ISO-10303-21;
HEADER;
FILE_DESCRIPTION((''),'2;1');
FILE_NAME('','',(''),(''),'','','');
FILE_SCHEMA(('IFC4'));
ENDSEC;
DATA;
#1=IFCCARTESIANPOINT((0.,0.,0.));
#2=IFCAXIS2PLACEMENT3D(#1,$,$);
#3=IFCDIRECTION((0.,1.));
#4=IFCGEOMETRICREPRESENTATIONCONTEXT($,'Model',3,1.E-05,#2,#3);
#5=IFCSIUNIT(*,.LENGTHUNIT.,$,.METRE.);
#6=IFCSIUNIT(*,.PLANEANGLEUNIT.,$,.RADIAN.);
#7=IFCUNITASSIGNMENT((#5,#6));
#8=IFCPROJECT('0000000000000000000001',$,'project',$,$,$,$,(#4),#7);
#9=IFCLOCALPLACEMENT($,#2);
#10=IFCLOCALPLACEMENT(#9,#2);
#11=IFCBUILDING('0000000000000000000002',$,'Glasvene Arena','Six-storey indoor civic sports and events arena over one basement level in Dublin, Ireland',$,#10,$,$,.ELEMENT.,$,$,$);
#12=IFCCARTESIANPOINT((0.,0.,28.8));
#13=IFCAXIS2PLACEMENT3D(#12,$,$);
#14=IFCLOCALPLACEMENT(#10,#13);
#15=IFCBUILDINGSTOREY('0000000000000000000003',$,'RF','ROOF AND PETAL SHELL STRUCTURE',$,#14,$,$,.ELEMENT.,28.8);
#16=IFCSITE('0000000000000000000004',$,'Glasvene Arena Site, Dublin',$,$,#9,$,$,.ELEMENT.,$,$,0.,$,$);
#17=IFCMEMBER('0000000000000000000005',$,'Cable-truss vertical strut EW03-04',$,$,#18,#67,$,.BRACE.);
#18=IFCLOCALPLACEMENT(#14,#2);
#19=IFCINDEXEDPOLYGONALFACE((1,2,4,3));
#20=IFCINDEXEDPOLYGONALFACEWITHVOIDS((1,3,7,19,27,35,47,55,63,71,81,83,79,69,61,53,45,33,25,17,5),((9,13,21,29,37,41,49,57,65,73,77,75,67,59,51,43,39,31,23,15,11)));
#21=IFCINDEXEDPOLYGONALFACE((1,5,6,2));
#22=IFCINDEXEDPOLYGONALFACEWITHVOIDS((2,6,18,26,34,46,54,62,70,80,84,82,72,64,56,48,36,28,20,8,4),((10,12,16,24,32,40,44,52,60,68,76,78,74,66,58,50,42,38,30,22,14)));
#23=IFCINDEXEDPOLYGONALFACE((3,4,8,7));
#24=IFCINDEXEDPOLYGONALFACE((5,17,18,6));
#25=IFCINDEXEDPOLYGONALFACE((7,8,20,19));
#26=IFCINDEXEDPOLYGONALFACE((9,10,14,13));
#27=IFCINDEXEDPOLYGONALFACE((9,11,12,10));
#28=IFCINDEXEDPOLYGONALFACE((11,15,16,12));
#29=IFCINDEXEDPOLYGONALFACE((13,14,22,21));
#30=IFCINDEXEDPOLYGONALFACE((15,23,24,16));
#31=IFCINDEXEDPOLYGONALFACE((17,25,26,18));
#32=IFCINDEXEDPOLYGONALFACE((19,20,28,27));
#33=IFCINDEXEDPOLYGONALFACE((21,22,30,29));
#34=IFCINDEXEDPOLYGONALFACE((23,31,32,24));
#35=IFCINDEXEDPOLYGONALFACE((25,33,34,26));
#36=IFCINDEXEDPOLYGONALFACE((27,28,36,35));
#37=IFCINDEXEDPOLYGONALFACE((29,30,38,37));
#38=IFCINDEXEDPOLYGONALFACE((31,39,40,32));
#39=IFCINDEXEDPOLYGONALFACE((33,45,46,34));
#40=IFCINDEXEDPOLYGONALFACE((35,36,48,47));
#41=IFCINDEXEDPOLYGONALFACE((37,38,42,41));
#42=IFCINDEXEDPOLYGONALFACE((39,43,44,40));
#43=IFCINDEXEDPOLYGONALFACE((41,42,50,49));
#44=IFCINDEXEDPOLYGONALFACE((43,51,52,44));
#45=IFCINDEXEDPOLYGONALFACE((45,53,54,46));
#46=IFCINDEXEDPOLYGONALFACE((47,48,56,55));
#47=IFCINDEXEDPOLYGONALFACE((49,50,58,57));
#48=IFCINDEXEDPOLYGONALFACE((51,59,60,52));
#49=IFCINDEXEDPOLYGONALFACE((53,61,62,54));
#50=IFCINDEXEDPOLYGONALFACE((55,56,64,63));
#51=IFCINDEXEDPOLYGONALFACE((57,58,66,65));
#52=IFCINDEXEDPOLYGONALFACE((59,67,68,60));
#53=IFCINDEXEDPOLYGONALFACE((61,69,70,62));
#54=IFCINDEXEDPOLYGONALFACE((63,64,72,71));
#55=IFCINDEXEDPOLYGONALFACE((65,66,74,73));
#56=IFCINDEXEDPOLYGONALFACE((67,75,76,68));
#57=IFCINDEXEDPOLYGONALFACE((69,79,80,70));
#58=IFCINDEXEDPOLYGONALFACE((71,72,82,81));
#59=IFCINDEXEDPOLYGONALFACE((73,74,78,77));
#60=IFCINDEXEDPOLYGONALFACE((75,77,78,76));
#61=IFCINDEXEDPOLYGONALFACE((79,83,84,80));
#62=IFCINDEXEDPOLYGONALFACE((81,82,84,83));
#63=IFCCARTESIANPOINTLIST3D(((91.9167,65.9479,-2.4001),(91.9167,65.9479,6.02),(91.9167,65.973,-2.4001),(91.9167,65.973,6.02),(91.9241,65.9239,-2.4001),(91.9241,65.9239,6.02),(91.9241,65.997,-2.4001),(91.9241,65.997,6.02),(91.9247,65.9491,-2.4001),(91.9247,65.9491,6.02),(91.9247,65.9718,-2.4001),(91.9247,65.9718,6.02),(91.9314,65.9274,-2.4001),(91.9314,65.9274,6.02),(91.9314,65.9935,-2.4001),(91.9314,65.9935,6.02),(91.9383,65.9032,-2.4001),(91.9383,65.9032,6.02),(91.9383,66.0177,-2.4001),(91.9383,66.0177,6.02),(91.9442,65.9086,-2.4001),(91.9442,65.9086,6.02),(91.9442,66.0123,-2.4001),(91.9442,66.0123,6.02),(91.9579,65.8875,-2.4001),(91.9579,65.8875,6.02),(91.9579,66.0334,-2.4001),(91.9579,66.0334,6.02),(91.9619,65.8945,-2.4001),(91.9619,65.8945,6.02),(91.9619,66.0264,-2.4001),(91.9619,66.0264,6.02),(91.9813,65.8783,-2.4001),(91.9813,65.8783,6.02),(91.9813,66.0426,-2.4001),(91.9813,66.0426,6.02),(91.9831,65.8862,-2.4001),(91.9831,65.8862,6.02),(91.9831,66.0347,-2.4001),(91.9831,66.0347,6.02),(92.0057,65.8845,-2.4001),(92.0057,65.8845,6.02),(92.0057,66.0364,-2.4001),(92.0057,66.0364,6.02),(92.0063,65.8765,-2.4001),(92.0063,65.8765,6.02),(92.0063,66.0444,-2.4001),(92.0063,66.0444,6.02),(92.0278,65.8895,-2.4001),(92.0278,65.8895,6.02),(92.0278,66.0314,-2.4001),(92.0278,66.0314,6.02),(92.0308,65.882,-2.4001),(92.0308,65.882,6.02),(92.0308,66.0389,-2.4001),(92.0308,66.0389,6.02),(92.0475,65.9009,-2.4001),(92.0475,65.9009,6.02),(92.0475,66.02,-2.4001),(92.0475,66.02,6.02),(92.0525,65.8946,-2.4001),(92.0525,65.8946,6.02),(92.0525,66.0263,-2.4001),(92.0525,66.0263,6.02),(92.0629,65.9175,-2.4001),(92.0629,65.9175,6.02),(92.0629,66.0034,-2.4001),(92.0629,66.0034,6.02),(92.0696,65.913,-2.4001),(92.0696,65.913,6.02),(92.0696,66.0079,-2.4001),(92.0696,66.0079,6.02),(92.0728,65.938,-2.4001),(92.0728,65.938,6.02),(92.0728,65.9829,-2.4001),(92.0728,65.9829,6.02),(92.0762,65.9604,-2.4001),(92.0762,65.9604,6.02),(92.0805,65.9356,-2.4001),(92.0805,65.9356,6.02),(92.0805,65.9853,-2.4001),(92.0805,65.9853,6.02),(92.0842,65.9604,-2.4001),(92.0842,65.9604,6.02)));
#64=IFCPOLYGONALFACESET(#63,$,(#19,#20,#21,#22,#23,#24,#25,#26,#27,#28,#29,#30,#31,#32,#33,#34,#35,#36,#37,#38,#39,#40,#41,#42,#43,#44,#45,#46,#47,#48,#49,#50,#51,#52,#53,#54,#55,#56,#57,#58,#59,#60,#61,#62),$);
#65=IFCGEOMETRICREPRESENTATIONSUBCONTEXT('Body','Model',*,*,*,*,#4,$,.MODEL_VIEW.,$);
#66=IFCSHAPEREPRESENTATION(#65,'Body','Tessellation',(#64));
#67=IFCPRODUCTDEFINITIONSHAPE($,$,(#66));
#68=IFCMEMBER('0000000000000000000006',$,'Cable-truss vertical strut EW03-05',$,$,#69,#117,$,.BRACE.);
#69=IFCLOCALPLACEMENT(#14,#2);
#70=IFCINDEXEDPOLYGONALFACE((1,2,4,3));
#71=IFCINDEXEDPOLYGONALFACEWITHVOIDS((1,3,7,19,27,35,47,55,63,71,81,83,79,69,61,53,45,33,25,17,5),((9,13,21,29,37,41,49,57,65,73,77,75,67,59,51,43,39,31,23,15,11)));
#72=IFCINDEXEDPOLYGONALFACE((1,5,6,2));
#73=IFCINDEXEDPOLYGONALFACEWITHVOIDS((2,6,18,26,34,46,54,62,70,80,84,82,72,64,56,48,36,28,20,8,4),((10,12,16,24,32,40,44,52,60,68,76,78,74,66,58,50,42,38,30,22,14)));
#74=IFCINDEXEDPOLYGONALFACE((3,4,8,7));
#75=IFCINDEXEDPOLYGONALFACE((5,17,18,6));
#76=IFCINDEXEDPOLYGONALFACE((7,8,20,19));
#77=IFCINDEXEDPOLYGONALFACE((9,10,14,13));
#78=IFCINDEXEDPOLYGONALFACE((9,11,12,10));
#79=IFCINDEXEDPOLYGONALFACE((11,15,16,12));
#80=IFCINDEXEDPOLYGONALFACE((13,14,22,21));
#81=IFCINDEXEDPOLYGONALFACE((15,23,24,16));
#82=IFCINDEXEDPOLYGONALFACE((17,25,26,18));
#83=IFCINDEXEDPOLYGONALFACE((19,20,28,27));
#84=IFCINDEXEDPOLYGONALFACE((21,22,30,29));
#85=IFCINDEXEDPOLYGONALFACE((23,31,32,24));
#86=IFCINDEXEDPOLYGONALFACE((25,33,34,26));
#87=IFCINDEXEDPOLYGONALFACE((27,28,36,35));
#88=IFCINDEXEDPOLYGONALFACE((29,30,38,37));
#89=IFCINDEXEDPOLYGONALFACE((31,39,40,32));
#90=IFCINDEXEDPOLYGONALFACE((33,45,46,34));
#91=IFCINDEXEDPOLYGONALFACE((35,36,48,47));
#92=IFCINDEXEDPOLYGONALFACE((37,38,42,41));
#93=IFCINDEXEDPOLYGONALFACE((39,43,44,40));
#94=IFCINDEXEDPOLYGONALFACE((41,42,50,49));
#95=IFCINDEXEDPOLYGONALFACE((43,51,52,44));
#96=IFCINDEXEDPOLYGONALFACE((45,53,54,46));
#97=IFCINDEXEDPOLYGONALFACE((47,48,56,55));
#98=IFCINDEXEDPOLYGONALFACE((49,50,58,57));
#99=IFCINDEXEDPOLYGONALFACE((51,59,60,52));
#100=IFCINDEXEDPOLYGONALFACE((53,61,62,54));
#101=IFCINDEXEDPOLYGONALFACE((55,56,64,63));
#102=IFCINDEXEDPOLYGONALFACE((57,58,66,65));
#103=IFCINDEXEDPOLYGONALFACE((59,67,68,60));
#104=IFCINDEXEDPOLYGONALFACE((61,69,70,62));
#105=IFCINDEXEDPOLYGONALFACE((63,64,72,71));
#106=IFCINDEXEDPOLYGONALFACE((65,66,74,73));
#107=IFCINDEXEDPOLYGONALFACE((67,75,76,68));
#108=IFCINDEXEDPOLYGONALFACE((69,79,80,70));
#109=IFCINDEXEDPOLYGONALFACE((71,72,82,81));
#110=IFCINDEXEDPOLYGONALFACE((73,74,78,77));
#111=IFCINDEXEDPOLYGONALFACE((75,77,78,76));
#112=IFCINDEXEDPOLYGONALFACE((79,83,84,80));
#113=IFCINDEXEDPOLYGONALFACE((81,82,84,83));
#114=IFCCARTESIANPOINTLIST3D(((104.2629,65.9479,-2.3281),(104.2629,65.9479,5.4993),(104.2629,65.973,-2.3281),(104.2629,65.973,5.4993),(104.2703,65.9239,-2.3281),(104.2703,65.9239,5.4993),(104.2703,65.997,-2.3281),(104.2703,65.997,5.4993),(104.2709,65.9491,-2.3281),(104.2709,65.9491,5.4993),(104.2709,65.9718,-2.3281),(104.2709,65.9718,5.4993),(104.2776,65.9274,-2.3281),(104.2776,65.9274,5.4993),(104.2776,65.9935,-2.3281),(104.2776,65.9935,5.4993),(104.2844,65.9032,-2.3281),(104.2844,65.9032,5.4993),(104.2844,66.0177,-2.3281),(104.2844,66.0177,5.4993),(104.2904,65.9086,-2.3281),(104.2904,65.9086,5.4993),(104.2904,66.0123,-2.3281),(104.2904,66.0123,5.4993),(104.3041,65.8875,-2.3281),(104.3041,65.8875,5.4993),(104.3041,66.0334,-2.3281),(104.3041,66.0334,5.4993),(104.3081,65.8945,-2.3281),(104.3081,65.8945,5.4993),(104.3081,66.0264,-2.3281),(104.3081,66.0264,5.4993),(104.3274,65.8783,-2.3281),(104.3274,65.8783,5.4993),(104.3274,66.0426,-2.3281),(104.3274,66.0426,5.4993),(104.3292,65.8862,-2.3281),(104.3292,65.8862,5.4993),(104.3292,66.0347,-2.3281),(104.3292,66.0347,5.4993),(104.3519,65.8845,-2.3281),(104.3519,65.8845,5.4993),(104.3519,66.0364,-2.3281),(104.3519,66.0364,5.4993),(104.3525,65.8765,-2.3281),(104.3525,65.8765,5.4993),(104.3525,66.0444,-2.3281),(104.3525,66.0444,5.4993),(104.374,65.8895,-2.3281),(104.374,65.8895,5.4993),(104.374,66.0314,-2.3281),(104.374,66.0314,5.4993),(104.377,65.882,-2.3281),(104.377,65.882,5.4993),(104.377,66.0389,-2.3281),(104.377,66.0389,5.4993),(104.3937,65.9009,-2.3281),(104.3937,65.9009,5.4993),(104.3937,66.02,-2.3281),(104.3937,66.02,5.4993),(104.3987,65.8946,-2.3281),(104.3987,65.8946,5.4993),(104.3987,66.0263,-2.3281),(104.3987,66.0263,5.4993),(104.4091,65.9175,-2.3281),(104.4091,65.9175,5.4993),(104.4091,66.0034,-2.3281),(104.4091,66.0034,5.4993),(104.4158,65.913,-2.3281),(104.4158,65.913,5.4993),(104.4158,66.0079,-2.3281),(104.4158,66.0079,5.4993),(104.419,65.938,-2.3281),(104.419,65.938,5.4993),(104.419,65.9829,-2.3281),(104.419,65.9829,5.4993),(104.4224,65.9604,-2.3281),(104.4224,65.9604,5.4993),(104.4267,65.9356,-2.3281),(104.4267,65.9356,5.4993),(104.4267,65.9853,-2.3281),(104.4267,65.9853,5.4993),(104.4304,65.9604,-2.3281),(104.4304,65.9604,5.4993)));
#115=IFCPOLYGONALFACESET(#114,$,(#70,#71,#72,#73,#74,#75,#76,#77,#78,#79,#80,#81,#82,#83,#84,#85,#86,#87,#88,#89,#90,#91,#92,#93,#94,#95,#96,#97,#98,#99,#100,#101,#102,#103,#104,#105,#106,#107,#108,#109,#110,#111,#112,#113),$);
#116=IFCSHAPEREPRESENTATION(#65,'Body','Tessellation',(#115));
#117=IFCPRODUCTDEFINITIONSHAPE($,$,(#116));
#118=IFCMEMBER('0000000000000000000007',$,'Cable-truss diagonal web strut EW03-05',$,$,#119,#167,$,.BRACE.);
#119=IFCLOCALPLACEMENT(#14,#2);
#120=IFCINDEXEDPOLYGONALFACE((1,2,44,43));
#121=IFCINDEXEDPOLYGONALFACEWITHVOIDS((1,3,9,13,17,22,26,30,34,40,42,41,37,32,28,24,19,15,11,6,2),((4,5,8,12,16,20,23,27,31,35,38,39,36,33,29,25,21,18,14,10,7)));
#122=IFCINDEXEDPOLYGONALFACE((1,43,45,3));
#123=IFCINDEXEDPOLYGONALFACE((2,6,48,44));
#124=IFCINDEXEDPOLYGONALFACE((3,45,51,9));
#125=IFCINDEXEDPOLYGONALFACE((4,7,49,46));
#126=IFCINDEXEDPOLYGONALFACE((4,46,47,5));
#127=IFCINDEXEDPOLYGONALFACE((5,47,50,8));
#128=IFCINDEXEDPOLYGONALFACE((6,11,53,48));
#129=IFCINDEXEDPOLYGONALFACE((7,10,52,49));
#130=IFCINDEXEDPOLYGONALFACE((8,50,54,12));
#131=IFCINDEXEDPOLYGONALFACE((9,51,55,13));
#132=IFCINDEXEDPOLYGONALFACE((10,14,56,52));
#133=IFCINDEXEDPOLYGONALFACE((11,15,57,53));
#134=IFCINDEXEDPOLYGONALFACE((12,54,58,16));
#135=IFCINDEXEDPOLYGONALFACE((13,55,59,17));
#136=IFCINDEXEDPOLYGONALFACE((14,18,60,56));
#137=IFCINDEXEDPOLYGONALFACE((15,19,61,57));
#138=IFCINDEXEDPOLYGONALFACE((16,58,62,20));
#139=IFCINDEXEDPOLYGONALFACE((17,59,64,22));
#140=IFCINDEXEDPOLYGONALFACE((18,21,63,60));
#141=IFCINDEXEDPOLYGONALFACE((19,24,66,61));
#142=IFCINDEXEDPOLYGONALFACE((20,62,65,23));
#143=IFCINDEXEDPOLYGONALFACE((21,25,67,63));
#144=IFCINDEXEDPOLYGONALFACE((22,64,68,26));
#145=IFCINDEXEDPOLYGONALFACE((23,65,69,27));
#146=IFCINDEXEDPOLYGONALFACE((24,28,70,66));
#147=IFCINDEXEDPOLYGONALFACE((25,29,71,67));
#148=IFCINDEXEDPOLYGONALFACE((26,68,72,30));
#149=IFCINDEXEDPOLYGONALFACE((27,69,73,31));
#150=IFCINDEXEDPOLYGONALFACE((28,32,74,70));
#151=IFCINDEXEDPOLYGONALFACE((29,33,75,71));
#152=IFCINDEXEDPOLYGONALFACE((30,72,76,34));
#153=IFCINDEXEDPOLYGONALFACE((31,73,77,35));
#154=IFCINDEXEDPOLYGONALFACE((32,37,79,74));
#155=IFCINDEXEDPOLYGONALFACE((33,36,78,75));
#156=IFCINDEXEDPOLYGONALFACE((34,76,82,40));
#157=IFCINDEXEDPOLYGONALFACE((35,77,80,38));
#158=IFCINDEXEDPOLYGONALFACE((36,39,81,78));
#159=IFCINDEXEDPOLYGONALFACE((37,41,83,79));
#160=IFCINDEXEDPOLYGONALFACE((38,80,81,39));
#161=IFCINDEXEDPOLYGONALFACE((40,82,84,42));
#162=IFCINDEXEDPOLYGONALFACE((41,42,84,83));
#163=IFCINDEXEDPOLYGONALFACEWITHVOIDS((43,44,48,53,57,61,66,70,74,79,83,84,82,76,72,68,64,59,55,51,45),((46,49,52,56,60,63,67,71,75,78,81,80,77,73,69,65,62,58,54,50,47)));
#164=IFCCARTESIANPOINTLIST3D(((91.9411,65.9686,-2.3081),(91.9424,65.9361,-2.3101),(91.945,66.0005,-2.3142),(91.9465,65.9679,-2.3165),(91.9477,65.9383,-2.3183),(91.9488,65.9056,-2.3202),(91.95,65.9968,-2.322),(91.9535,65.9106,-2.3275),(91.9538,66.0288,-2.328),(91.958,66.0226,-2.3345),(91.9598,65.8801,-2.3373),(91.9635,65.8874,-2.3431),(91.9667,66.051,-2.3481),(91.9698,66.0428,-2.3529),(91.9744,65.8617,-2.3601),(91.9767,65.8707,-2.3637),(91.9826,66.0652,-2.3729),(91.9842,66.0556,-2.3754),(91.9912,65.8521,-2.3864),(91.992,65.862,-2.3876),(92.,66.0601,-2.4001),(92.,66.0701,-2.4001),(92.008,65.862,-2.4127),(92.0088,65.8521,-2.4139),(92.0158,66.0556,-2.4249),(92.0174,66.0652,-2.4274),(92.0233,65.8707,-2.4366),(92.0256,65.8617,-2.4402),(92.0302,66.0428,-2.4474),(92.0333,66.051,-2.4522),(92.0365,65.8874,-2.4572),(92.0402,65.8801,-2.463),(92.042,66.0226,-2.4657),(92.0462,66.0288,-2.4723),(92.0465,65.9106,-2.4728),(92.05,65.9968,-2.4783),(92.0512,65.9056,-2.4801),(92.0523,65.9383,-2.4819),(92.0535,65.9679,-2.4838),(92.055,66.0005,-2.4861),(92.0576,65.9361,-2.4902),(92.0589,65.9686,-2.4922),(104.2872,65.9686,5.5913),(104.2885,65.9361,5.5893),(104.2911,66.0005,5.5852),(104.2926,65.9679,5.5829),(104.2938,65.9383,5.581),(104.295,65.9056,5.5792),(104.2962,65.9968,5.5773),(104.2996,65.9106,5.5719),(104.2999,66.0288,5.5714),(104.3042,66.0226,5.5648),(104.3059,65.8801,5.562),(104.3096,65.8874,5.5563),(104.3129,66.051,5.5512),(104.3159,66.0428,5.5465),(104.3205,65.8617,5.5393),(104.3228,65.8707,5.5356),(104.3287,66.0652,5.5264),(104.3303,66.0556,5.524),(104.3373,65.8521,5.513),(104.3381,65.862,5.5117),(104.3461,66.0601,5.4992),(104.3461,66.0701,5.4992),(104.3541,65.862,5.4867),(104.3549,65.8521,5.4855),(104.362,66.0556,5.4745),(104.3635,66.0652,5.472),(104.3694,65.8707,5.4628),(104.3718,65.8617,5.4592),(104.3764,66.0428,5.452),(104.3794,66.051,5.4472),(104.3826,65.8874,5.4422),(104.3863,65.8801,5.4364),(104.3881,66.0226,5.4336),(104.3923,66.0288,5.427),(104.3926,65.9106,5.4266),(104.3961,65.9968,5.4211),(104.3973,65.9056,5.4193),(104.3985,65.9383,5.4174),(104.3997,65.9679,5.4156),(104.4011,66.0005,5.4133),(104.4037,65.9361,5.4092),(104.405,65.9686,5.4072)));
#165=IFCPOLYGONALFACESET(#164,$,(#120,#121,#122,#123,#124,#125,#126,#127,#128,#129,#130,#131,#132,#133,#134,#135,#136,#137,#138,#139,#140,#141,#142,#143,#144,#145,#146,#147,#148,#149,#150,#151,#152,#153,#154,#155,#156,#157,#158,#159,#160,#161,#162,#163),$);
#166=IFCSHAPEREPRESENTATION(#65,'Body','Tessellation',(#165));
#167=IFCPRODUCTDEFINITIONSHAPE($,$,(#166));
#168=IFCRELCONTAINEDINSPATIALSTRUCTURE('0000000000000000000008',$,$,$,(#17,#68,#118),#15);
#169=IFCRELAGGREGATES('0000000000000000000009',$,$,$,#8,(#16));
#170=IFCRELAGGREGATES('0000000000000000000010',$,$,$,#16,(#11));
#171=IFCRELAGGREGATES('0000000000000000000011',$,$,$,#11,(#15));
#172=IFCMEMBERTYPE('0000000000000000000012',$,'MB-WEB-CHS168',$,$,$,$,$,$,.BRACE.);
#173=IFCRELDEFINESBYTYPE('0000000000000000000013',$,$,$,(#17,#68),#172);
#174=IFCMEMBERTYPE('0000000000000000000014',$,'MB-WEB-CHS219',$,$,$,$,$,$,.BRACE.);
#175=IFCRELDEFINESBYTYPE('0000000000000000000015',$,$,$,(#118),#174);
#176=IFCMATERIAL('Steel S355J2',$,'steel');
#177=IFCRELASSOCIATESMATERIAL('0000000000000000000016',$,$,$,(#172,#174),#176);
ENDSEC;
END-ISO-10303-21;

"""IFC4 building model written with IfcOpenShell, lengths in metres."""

from ifc_helpers import new_model, si_unit, direction, frame, origin, origin_2d, place, context, subcontext, project, spatial, hollow_circle, extrude, material, material_profile, profile_set, type_object, element, save


model = new_model("IFC4")

# Units and contexts
model_context = context("Model", 3, precision=1e-05, world=origin(), true_north=direction((0.0, 1.0)))
body_context = subcontext(model_context, "Body", "Model", "MODEL_VIEW")
ifc_project = project(units=[si_unit("LENGTHUNIT", "METRE"), si_unit("PLANEANGLEUNIT", "RADIAN")], contexts=[model_context])

# Site, building, storey
site_placement = place(None, origin())
site = spatial("IfcSite", under=ifc_project, at=site_placement, Name="Glasvene Arena Site, Dublin", CompositionType="ELEMENT", RefElevation=0.0)
building_placement = place(site_placement, origin())
building = spatial("IfcBuilding", under=site, at=building_placement, Name="Glasvene Arena", Description="Six-storey indoor civic sports and events arena over one basement level in Dublin, Ireland", CompositionType="ELEMENT")
storey_placement = place(building_placement, frame((0.0, 0.0, 28.8)))
storey = spatial("IfcBuildingStorey", under=building, at=storey_placement, Name="RF", Description="ROOF AND PETAL SHELL STRUCTURE", CompositionType="ELEMENT", Elevation=28.8)

# Shared definitions
ifc_material_1 = material(Name="Steel S355J2", Category="steel")

# Members
ifc_material_profile_1 = material_profile(ifc_material_1, hollow_circle(Radius=0.0842, WallThickness=0.0081, at=origin_2d()), Name="CHS 168.3x8.0")
ifc_profile_set_1 = profile_set([ifc_material_profile_1], Name="Steel S355J2")
member_type_1 = type_object("IfcMemberType", Name="MB-WEB-CHS168", PredefinedType="BRACE", material=ifc_profile_set_1)
member_1_placement = place(storey_placement, frame((92.0, 65.9604, -2.4001), z_axis=(0.0, 0.0, 1.0), x_axis=(1.0, 0.0, 0.0)))
element("IfcMember", 1, at=member_1_placement, inside=storey, type_object=member_type_1, Name="Cable-truss vertical strut EW03-04", PredefinedType="BRACE", context=body_context, shape_type="SweptSolid", body=[
    extrude(hollow_circle(Radius=0.0842, WallThickness=0.0081, at=origin_2d()), origin(), (0.0, 0.0, 1.0), 8.4202),
])
member_2_placement = place(storey_placement, frame((104.3462, 65.9604, -2.3281), z_axis=(0.0, 0.0, 1.0), x_axis=(1.0, 0.0, 0.0)))
element("IfcMember", 2, at=member_2_placement, inside=storey, type_object=member_type_1, Name="Cable-truss vertical strut EW03-05", PredefinedType="BRACE", context=body_context, shape_type="SweptSolid", body=[
    extrude(hollow_circle(Radius=0.0842, WallThickness=0.0081, at=origin_2d()), origin(), (0.0, 0.0, 1.0), 7.8274),
])
ifc_material_profile_2 = material_profile(ifc_material_1, hollow_circle(Radius=0.1096, WallThickness=0.01, at=origin_2d()), Name="CHS 219.1x10.0")
ifc_profile_set_2 = profile_set([ifc_material_profile_2], Name="Steel S355J2")
member_type_2 = type_object("IfcMemberType", Name="MB-WEB-CHS219", PredefinedType="BRACE", material=ifc_profile_set_2)
member_3_placement = place(storey_placement, frame((92.0, 65.9604, -2.4001), z_axis=(0.842338, 0.0, 0.53895), x_axis=(0.0, 1.0, 0.0)))
element("IfcMember", 3, at=member_3_placement, inside=storey, type_object=member_type_2, Name="Cable-truss diagonal web strut EW03-05", PredefinedType="BRACE", context=body_context, shape_type="SweptSolid", body=[
    extrude(hollow_circle(Radius=0.1096, WallThickness=0.01, at=origin_2d()), origin(), (0.0, 0.0, 1.0), 14.657),
])

save(model, "model.ifc")
